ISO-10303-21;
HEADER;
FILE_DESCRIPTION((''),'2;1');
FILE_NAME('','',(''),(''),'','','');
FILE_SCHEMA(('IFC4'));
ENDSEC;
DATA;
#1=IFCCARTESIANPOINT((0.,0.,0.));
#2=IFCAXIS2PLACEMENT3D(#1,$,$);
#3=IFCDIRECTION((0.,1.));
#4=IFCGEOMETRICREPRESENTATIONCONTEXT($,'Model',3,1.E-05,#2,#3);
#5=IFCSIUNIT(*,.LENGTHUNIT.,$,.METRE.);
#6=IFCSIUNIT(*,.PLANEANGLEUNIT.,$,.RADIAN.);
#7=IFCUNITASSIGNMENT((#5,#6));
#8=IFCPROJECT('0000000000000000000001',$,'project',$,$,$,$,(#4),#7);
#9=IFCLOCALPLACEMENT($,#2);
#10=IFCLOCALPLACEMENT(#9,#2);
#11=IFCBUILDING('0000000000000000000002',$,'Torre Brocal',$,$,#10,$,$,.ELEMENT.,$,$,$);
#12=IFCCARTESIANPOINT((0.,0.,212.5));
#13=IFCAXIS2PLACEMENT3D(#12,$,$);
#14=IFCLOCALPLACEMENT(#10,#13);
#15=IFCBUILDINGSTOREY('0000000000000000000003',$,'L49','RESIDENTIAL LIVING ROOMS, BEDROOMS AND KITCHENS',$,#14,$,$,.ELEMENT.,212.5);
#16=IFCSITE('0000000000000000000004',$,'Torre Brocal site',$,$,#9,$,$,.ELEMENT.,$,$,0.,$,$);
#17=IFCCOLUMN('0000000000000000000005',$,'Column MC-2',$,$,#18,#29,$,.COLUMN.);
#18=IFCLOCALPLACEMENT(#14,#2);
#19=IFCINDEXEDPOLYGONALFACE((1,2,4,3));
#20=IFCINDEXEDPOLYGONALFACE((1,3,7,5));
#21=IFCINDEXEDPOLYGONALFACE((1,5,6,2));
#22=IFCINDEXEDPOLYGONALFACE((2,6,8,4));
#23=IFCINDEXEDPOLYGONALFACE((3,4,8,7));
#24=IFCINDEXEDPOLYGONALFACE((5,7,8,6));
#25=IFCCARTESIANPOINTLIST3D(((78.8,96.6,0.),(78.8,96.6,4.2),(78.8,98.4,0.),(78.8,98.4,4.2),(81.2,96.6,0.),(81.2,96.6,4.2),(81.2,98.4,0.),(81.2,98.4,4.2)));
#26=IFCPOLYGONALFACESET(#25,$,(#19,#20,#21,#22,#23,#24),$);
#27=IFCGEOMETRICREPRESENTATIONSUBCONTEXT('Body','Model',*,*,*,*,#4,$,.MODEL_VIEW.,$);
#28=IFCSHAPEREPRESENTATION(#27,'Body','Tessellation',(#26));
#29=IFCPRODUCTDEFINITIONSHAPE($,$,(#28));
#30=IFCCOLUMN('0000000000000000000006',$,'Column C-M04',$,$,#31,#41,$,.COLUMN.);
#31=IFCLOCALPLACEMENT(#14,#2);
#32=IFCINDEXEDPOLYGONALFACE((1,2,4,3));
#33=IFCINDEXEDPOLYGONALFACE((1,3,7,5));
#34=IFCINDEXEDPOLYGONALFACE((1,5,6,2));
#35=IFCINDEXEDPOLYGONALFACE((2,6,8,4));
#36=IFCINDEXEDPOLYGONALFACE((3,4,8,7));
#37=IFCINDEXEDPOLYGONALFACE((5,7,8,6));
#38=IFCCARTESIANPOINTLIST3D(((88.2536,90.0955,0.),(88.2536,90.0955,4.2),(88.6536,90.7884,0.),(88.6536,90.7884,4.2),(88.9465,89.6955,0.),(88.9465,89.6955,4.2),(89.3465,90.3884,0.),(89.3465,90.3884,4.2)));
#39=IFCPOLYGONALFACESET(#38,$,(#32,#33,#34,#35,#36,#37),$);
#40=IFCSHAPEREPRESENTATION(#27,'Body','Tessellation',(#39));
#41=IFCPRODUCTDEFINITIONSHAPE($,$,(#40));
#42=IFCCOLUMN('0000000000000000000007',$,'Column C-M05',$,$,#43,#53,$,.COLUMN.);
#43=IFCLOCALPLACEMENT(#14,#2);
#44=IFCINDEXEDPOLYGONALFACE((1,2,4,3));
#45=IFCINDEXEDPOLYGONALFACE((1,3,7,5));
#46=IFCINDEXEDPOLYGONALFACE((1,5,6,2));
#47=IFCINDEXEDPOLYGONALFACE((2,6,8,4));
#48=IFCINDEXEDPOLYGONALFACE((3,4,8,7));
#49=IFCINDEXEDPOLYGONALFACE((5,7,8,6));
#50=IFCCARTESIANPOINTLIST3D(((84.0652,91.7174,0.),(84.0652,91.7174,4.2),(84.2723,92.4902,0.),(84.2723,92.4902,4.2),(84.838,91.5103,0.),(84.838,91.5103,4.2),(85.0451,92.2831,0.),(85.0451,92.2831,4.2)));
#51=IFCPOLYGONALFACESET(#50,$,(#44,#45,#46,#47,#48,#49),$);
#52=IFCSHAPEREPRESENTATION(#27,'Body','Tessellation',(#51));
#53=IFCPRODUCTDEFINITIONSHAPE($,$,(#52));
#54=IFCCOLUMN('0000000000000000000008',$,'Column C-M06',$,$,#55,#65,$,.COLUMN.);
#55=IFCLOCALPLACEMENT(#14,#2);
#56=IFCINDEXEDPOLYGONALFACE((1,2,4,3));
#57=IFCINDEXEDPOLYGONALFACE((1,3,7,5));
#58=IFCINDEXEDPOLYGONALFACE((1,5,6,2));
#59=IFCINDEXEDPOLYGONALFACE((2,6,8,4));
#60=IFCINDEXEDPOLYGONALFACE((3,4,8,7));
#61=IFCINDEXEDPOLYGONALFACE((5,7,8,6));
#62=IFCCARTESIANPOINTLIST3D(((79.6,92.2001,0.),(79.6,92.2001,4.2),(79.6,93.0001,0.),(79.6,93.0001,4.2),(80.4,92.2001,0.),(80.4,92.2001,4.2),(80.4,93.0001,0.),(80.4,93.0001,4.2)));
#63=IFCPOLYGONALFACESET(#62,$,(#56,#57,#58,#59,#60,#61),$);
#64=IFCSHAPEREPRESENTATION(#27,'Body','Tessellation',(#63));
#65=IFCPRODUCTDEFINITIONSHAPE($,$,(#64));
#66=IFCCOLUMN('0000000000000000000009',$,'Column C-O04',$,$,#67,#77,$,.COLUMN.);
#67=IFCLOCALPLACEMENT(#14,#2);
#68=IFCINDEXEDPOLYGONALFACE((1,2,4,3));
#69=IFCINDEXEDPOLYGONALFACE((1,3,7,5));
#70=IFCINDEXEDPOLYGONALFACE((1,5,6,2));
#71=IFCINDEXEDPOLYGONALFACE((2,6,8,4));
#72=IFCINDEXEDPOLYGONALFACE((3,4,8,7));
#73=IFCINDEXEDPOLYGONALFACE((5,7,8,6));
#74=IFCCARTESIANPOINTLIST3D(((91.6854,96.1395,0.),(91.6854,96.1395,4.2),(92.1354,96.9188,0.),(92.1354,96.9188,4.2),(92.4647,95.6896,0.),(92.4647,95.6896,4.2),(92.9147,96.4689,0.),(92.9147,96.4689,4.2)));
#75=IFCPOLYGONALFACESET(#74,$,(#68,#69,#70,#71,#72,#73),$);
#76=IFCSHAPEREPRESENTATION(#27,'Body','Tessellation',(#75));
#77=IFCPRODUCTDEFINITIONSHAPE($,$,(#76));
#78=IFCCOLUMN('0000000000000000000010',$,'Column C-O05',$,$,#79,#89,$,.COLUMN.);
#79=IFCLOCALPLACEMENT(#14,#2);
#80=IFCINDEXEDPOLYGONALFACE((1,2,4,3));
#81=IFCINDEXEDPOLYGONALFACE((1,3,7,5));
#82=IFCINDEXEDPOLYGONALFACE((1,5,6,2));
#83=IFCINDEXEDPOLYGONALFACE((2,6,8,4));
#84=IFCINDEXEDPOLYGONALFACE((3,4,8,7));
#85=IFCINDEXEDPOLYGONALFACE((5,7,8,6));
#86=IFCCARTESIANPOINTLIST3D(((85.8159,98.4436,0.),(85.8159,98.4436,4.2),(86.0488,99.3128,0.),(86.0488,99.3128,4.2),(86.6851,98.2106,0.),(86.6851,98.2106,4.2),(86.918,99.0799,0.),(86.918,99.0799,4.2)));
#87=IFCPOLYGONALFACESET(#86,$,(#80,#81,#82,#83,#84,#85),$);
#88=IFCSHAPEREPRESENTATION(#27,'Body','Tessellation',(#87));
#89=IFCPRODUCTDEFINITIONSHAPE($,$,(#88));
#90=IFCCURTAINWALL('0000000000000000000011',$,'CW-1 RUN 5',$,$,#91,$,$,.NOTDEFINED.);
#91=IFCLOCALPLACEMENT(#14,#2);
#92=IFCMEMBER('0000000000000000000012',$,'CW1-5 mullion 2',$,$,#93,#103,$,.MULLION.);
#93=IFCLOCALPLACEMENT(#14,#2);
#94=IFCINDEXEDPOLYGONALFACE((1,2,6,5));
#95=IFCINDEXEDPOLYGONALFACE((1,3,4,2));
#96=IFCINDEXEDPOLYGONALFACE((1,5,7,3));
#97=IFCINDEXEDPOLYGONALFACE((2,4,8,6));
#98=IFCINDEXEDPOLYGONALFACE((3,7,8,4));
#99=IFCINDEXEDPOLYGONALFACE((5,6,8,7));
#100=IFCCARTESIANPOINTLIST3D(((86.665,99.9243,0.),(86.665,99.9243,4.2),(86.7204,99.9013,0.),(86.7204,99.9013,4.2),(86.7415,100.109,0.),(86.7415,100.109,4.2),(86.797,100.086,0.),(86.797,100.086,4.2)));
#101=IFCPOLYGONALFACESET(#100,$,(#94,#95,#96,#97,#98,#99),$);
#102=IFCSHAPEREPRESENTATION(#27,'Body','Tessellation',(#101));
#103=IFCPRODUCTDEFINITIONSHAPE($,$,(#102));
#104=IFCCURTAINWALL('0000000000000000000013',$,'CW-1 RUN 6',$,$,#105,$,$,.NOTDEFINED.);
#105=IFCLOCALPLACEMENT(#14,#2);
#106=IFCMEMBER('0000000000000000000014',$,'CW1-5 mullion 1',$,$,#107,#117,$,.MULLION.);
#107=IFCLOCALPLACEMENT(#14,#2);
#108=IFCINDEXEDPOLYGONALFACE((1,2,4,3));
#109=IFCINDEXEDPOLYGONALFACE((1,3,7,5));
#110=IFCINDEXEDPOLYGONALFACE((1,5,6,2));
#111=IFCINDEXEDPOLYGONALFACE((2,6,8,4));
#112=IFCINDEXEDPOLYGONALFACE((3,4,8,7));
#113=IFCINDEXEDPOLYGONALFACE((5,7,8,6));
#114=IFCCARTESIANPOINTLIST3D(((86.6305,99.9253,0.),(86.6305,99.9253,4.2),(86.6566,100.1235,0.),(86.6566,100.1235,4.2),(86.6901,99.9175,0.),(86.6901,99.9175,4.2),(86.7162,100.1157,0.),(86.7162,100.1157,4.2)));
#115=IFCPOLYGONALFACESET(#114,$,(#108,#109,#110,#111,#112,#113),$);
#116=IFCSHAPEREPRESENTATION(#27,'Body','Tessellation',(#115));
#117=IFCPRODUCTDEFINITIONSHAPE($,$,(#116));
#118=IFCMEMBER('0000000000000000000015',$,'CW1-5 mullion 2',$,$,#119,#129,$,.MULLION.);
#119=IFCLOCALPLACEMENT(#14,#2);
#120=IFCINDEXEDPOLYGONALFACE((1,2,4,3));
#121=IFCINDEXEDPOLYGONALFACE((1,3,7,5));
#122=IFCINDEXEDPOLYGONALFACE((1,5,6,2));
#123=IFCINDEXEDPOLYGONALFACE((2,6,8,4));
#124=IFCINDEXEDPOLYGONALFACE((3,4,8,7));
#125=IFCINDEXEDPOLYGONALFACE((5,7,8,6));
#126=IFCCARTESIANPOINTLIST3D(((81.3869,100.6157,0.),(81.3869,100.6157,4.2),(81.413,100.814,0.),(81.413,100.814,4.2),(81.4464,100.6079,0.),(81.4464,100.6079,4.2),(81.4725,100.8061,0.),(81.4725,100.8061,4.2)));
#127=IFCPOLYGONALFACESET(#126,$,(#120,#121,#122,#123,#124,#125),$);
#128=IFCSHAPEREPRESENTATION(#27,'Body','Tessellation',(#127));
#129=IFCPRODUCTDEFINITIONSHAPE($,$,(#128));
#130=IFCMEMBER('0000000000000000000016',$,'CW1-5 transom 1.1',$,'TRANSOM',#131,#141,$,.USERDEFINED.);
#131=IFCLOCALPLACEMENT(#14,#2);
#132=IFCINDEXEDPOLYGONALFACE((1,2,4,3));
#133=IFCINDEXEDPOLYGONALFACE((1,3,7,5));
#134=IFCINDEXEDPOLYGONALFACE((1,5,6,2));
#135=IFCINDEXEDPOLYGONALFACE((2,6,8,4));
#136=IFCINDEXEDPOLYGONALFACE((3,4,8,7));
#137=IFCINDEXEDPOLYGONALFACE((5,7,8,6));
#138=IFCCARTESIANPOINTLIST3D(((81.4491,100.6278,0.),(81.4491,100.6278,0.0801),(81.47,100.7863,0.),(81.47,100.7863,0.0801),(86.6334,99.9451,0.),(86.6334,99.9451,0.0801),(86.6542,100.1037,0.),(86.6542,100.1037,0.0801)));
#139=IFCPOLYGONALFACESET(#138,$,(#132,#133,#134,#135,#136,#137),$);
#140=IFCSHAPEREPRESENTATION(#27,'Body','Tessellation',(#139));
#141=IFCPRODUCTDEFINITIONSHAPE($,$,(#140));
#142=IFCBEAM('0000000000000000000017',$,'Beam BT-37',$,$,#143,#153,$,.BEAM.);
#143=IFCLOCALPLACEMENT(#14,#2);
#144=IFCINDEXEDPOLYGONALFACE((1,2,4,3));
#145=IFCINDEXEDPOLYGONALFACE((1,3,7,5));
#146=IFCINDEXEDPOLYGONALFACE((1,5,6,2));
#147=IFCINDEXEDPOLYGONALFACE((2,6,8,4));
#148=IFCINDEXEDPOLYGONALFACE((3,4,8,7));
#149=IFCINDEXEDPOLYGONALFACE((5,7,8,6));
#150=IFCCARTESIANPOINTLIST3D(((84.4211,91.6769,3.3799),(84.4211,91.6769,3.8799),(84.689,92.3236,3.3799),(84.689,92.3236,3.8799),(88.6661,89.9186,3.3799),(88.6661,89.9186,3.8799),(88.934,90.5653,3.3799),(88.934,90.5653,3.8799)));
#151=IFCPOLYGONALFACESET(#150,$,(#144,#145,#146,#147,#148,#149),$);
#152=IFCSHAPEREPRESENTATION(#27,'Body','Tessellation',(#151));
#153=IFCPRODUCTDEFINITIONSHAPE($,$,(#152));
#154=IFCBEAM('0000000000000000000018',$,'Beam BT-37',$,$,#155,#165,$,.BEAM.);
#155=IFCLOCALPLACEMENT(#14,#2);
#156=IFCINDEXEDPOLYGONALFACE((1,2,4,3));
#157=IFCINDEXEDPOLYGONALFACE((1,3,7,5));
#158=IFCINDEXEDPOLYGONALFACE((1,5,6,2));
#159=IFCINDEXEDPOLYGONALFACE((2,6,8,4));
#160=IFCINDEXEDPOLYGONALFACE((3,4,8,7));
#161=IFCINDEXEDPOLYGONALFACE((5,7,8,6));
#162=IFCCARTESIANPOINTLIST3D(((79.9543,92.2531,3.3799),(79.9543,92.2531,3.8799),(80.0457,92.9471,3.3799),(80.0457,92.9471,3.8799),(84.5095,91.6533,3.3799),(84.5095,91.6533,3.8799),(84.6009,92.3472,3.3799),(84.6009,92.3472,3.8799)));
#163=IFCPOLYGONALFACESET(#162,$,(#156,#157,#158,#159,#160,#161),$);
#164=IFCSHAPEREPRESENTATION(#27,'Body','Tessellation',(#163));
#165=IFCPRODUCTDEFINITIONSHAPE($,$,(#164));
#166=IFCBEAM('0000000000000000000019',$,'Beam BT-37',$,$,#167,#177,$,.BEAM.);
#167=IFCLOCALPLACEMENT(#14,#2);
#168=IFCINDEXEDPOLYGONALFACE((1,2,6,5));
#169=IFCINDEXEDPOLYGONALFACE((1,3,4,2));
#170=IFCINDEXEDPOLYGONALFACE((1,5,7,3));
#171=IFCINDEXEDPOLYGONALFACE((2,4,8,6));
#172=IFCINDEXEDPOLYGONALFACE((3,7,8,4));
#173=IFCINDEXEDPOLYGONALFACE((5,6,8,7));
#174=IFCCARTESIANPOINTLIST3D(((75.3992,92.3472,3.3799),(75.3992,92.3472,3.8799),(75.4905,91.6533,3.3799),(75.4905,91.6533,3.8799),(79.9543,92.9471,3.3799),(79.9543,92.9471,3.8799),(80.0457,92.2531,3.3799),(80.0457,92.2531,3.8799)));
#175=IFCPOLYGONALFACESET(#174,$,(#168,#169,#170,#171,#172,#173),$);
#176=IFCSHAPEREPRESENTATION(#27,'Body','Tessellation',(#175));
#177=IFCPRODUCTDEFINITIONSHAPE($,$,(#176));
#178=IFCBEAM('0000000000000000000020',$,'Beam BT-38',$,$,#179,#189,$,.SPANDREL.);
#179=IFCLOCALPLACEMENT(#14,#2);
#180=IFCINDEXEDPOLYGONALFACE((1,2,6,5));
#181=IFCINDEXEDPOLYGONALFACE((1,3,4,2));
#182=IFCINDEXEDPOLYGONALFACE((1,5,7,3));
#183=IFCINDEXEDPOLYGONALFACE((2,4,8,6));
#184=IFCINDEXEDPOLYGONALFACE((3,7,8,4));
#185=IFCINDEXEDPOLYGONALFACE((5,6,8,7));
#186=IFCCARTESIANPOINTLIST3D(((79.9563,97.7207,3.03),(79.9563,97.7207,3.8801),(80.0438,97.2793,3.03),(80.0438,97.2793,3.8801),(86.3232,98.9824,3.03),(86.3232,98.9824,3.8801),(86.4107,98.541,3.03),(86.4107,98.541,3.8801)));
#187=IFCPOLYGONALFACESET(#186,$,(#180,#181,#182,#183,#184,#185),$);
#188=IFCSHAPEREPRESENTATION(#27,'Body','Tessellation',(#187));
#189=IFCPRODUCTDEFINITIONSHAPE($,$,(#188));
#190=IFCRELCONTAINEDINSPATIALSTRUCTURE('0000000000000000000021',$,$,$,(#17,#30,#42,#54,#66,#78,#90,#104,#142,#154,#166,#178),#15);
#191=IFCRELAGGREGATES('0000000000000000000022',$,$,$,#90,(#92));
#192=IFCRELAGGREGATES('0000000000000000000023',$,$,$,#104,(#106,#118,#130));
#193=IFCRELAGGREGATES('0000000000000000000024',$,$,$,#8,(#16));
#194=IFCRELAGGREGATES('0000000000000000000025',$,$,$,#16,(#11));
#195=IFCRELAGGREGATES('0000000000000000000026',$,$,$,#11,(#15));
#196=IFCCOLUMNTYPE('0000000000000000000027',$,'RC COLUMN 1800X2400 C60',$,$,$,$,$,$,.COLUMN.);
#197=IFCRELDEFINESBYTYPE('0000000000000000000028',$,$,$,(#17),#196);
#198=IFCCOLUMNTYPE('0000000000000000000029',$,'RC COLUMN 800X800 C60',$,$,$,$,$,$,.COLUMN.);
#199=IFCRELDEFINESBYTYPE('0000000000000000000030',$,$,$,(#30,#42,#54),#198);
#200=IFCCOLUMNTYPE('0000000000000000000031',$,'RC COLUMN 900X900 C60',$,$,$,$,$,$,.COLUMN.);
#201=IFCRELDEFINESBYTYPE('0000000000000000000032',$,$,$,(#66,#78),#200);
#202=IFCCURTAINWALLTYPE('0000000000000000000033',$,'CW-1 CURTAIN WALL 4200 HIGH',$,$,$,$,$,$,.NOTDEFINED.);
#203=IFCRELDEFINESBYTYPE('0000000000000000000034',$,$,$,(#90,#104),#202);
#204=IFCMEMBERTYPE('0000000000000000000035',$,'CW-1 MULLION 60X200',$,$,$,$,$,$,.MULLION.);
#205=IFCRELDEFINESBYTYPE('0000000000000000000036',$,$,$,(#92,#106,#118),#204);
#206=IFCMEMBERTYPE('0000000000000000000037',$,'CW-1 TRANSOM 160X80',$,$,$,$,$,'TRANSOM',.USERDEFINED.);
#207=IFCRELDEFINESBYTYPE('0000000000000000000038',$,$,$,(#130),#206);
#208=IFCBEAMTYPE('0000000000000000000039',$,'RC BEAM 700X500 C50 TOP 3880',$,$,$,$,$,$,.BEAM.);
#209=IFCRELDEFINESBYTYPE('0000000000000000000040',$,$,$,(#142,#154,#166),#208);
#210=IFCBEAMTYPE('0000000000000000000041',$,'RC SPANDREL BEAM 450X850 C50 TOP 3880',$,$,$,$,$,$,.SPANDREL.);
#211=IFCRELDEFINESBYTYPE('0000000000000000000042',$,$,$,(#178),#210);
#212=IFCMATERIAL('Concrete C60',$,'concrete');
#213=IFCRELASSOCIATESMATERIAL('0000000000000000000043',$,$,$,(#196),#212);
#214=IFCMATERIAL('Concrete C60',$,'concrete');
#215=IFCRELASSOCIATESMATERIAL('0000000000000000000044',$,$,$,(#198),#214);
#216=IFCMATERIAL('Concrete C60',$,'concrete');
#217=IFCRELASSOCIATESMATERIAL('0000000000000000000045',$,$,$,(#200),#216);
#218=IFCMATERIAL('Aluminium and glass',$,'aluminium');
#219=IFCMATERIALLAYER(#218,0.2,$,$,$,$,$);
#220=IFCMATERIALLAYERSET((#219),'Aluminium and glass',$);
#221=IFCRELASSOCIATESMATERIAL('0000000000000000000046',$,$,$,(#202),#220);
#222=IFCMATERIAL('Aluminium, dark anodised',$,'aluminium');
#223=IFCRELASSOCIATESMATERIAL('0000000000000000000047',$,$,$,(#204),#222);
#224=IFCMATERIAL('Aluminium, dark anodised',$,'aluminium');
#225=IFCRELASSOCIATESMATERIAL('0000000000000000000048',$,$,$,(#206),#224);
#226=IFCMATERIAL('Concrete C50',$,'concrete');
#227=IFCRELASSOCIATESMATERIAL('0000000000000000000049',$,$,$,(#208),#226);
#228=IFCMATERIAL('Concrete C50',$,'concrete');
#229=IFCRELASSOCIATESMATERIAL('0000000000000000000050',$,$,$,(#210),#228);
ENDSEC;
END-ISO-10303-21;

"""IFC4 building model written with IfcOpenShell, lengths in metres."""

from ifc_helpers import new_model, si_unit, direction, frame, origin, origin_2d, place, context, subcontext, project, spatial, rectangle, extrude, material, layer, layer_set, material_profile, profile_set, type_object, element, aggregate, save


model = new_model("IFC4")

# Units and contexts
model_context = context("Model", 3, precision=1e-05, world=origin(), true_north=direction((0.0, 1.0)))
body_context = subcontext(model_context, "Body", "Model", "MODEL_VIEW")
ifc_project = project(units=[si_unit("LENGTHUNIT", "METRE"), si_unit("PLANEANGLEUNIT", "RADIAN")], contexts=[model_context])

# Site, building, storey
site_placement = place(None, origin())
site = spatial("IfcSite", under=ifc_project, at=site_placement, Name="Torre Brocal site", CompositionType="ELEMENT", RefElevation=0.0)
building_placement = place(site_placement, origin())
building = spatial("IfcBuilding", under=site, at=building_placement, Name="Torre Brocal", CompositionType="ELEMENT")
storey_placement = place(building_placement, frame((0.0, 0.0, 212.5)))
storey = spatial("IfcBuildingStorey", under=building, at=storey_placement, Name="L49", Description="RESIDENTIAL LIVING ROOMS, BEDROOMS AND KITCHENS", CompositionType="ELEMENT", Elevation=212.5)

# Columns
ifc_material_1 = material(Name="Concrete C60", Category="concrete")
ifc_material_profile_1 = material_profile(ifc_material_1, rectangle(XDim=1.8, YDim=2.3999, at=origin_2d()), Name="RC 1800X2400")
ifc_profile_set_1 = profile_set([ifc_material_profile_1], Name="Concrete C60")
column_type_1 = type_object("IfcColumnType", Name="RC COLUMN 1800X2400 C60", PredefinedType="COLUMN", material=ifc_profile_set_1)
column_placement = place(storey_placement, frame((80.0, 97.5, 0.0), z_axis=(0.0, 0.0, 1.0), x_axis=(0.0, 1.0, 0.0)))
element("IfcColumn", 1, at=column_placement, inside=storey, type_object=column_type_1, Name="Column MC-2", PredefinedType="COLUMN", context=body_context, shape_type="SweptSolid", body=[
    extrude(rectangle(XDim=1.8, YDim=2.3999, at=origin_2d()), origin(), (0.0, 0.0, 1.0), 4.2),
])
ifc_material_2 = material(Name="Concrete C60", Category="concrete")
ifc_material_profile_2 = material_profile(ifc_material_2, rectangle(XDim=0.8, YDim=0.8, at=origin_2d()), Name="RC 800X800")
ifc_profile_set_2 = profile_set([ifc_material_profile_2], Name="Concrete C60")
column_type_2 = type_object("IfcColumnType", Name="RC COLUMN 800X800 C60", PredefinedType="COLUMN", material=ifc_profile_set_2)
for number, where, z_axis, x_axis, name in (
    (2, (88.8, 90.2419, 0.0), (0.0, 0.0, 1.0), (0.5, 0.866025, 0.0), "Column C-M04"),
    (3, (84.5552, 92.0002, 0.0), (0.0, 0.0, 1.0), (0.258819, 0.965926, 0.0), "Column C-M05"),
    (4, (80.0, 92.6001, 0.0), (0.0, 0.0, 1.0), (0.0, 1.0, 0.0), "Column C-M06"),
):
    element("IfcColumn", number, at=place(storey_placement, frame(where, z_axis=z_axis, x_axis=x_axis)), inside=storey, type_object=column_type_2, Name=name, PredefinedType="COLUMN", context=body_context, shape_type="SweptSolid", body=[
        extrude(rectangle(XDim=0.8, YDim=0.8, at=origin_2d()), origin(), (0.0, 0.0, 1.0), 4.2),
    ])
ifc_material_3 = material(Name="Concrete C60", Category="concrete")
ifc_material_profile_3 = material_profile(ifc_material_3, rectangle(XDim=0.8999, YDim=0.8999, at=origin_2d()), Name="RC 900X900")
ifc_profile_set_3 = profile_set([ifc_material_profile_3], Name="Concrete C60")
column_type_3 = type_object("IfcColumnType", Name="RC COLUMN 900X900 C60", PredefinedType="COLUMN", material=ifc_profile_set_3)
for number, where, z_axis, x_axis, name in (
    (5, (92.3, 96.3042, 0.0), (0.0, 0.0, 1.0), (0.5, 0.866025, 0.0), "Column C-O04"),
    (6, (86.3669, 98.7617, 0.0), (0.0, 0.0, 1.0), (0.258819, 0.965926, 0.0), "Column C-O05"),
):
    element("IfcColumn", number, at=place(storey_placement, frame(where, z_axis=z_axis, x_axis=x_axis)), inside=storey, type_object=column_type_3, Name=name, PredefinedType="COLUMN", context=body_context, shape_type="SweptSolid", body=[
        extrude(rectangle(XDim=0.8999, YDim=0.8999, at=origin_2d()), origin(), (0.0, 0.0, 1.0), 4.2),
    ])

# Curtain wall, member
ifc_material_4 = material(Name="Aluminium and glass", Category="aluminium")
ifc_layer_1 = layer(ifc_material_4, 0.2)
ifc_layer_set_1 = layer_set([ifc_layer_1], Name="Aluminium and glass")
curtain_wall_type = type_object("IfcCurtainWallType", Name="CW-1 CURTAIN WALL 4200 HIGH", PredefinedType="NOTDEFINED", material=ifc_layer_set_1)
curtain_wall_1_placement = place(storey_placement, origin())
curtain_wall_1 = element("IfcCurtainWall", 7, at=curtain_wall_1_placement, inside=storey, type_object=curtain_wall_type, Name="CW-1 RUN 5", PredefinedType="NOTDEFINED")
ifc_material_5 = material(Name="Aluminium, dark anodised", Category="aluminium")
ifc_material_profile_4 = material_profile(ifc_material_5, rectangle(XDim=0.2, YDim=0.0601, at=origin_2d()), Name="CW-1 MULLION 60X200")
ifc_profile_set_4 = profile_set([ifc_material_profile_4], Name="Aluminium, dark anodised")
member_type_1 = type_object("IfcMemberType", Name="CW-1 MULLION 60X200", PredefinedType="MULLION", material=ifc_profile_set_4)
member_1_placement = place(storey_placement, frame((86.731, 100.0051, 0.0), z_axis=(0.0, 0.0, 1.0), x_axis=(-0.382683, -0.92388, 0.0)))
member_1 = element("IfcMember", 8, at=member_1_placement, type_object=member_type_1, Name="CW1-5 mullion 2", PredefinedType="MULLION", context=body_context, shape_type="SweptSolid", body=[
    extrude(rectangle(XDim=0.2, YDim=0.0601, at=origin_2d()), origin(), (0.0, 0.0, 1.0), 4.2),
])

# Curtain wall, members
curtain_wall_2_placement = place(storey_placement, origin())
curtain_wall_2 = element("IfcCurtainWall", 9, at=curtain_wall_2_placement, inside=storey, type_object=curtain_wall_type, Name="CW-1 RUN 6", PredefinedType="NOTDEFINED")
member_2_placement = place(storey_placement, frame((86.6733, 100.0205, 0.0), z_axis=(0.0, 0.0, 1.0), x_axis=(-0.130526, -0.991445, 0.0)))
member_2 = element("IfcMember", 10, at=member_2_placement, type_object=member_type_1, Name="CW1-5 mullion 1", PredefinedType="MULLION", context=body_context, shape_type="SweptSolid", body=[
    extrude(rectangle(XDim=0.2, YDim=0.0601, at=origin_2d()), origin(), (0.0, 0.0, 1.0), 4.2),
])
member_3_placement = place(storey_placement, frame((81.4297, 100.7109, 0.0), z_axis=(0.0, 0.0, 1.0), x_axis=(-0.130526, -0.991445, 0.0)))
member_3 = element("IfcMember", 11, at=member_3_placement, type_object=member_type_1, Name="CW1-5 mullion 2", PredefinedType="MULLION", context=body_context, shape_type="SweptSolid", body=[
    extrude(rectangle(XDim=0.2, YDim=0.0601, at=origin_2d()), origin(), (0.0, 0.0, 1.0), 4.2),
])
ifc_material_6 = material(Name="Aluminium, dark anodised", Category="aluminium")
ifc_material_profile_5 = material_profile(ifc_material_6, rectangle(XDim=0.1599, YDim=0.0801, at=origin_2d()), Name="CW-1 TRANSOM 160X80")
ifc_profile_set_5 = profile_set([ifc_material_profile_5], Name="Aluminium, dark anodised")
member_type_2 = type_object("IfcMemberType", Name="CW-1 TRANSOM 160X80", ElementType="TRANSOM", PredefinedType="USERDEFINED", material=ifc_profile_set_5)
member_4_placement = place(storey_placement, frame((86.6438, 100.0244, 0.04), z_axis=(-0.991443, 0.130543, 0.0), x_axis=(-0.130543, -0.991443, 0.0)))
member_4 = element("IfcMember", 12, at=member_4_placement, type_object=member_type_2, Name="CW1-5 transom 1.1", ObjectType="TRANSOM", PredefinedType="USERDEFINED", context=body_context, shape_type="SweptSolid", body=[
    extrude(rectangle(XDim=0.1599, YDim=0.0801, at=origin_2d()), origin(), (0.0, 0.0, 1.0), 5.229),
])

# Beams
ifc_material_7 = material(Name="Concrete C50", Category="concrete")
ifc_material_profile_6 = material_profile(ifc_material_7, rectangle(XDim=0.7, YDim=0.5, at=origin_2d()), Name="RC 700X500")
ifc_profile_set_6 = profile_set([ifc_material_profile_6], Name="Concrete C50")
beam_type_1 = type_object("IfcBeamType", Name="RC BEAM 700X500 C50 TOP 3880", PredefinedType="BEAM", material=ifc_profile_set_6)
beam_placement = place(storey_placement, frame((88.8, 90.2419, 3.6299), z_axis=(-0.923878, 0.382687, 0.0), x_axis=(-0.382687, -0.923878, 0.0)))
element("IfcBeam", 13, at=beam_placement, inside=storey, type_object=beam_type_1, Name="Beam BT-37", PredefinedType="BEAM", context=body_context, shape_type="SweptSolid", body=[
    extrude(rectangle(XDim=0.7, YDim=0.5, at=origin_2d()), origin(), (0.0, 0.0, 1.0), 4.5947),
])
for number, where, z_axis, x_axis, name in (
    (14, (84.5552, 92.0002, 3.6299), (-0.991441, 0.130559, 0.0), (-0.130559, -0.991441, 0.0), "Beam BT-37"),
    (15, (80.0, 92.6001, 3.6299), (-0.991441, -0.130559, 0.0), (0.130559, -0.991441, 0.0), "Beam BT-37"),
):
    element("IfcBeam", number, at=place(storey_placement, frame(where, z_axis=z_axis, x_axis=x_axis)), inside=storey, type_object=beam_type_1, Name=name, PredefinedType="BEAM", context=body_context, shape_type="SweptSolid", body=[
        extrude(rectangle(XDim=0.7, YDim=0.5, at=origin_2d()), origin(), (0.0, 0.0, 1.0), 4.5945),
    ])
ifc_material_8 = material(Name="Concrete C50", Category="concrete")
ifc_material_profile_7 = material_profile(ifc_material_8, rectangle(XDim=0.45, YDim=0.8501, at=origin_2d()), Name="RC 450X850")
ifc_profile_set_7 = profile_set([ifc_material_profile_7], Name="Concrete C50")
beam_type_2 = type_object("IfcBeamType", Name="RC SPANDREL BEAM 450X850 C50 TOP 3880", PredefinedType="SPANDREL", material=ifc_profile_set_7)
for number, where, z_axis, x_axis, name in (
    (16, (86.3669, 98.7617, 3.4551), (-0.980925, -0.194387, 0.0), (0.194387, -0.980925, 0.0), "Beam BT-38"),
):
    element("IfcBeam", number, at=place(storey_placement, frame(where, z_axis=z_axis, x_axis=x_axis)), inside=storey, type_object=beam_type_2, Name=name, PredefinedType="SPANDREL", context=body_context, shape_type="SweptSolid", body=[
        extrude(rectangle(XDim=0.45, YDim=0.8501, at=origin_2d()), origin(), (0.0, 0.0, 1.0), 6.4907),
    ])

aggregate(curtain_wall_1, [member_1])
aggregate(curtain_wall_2, [member_2, member_3, member_4])

save(model, "model.ifc")
